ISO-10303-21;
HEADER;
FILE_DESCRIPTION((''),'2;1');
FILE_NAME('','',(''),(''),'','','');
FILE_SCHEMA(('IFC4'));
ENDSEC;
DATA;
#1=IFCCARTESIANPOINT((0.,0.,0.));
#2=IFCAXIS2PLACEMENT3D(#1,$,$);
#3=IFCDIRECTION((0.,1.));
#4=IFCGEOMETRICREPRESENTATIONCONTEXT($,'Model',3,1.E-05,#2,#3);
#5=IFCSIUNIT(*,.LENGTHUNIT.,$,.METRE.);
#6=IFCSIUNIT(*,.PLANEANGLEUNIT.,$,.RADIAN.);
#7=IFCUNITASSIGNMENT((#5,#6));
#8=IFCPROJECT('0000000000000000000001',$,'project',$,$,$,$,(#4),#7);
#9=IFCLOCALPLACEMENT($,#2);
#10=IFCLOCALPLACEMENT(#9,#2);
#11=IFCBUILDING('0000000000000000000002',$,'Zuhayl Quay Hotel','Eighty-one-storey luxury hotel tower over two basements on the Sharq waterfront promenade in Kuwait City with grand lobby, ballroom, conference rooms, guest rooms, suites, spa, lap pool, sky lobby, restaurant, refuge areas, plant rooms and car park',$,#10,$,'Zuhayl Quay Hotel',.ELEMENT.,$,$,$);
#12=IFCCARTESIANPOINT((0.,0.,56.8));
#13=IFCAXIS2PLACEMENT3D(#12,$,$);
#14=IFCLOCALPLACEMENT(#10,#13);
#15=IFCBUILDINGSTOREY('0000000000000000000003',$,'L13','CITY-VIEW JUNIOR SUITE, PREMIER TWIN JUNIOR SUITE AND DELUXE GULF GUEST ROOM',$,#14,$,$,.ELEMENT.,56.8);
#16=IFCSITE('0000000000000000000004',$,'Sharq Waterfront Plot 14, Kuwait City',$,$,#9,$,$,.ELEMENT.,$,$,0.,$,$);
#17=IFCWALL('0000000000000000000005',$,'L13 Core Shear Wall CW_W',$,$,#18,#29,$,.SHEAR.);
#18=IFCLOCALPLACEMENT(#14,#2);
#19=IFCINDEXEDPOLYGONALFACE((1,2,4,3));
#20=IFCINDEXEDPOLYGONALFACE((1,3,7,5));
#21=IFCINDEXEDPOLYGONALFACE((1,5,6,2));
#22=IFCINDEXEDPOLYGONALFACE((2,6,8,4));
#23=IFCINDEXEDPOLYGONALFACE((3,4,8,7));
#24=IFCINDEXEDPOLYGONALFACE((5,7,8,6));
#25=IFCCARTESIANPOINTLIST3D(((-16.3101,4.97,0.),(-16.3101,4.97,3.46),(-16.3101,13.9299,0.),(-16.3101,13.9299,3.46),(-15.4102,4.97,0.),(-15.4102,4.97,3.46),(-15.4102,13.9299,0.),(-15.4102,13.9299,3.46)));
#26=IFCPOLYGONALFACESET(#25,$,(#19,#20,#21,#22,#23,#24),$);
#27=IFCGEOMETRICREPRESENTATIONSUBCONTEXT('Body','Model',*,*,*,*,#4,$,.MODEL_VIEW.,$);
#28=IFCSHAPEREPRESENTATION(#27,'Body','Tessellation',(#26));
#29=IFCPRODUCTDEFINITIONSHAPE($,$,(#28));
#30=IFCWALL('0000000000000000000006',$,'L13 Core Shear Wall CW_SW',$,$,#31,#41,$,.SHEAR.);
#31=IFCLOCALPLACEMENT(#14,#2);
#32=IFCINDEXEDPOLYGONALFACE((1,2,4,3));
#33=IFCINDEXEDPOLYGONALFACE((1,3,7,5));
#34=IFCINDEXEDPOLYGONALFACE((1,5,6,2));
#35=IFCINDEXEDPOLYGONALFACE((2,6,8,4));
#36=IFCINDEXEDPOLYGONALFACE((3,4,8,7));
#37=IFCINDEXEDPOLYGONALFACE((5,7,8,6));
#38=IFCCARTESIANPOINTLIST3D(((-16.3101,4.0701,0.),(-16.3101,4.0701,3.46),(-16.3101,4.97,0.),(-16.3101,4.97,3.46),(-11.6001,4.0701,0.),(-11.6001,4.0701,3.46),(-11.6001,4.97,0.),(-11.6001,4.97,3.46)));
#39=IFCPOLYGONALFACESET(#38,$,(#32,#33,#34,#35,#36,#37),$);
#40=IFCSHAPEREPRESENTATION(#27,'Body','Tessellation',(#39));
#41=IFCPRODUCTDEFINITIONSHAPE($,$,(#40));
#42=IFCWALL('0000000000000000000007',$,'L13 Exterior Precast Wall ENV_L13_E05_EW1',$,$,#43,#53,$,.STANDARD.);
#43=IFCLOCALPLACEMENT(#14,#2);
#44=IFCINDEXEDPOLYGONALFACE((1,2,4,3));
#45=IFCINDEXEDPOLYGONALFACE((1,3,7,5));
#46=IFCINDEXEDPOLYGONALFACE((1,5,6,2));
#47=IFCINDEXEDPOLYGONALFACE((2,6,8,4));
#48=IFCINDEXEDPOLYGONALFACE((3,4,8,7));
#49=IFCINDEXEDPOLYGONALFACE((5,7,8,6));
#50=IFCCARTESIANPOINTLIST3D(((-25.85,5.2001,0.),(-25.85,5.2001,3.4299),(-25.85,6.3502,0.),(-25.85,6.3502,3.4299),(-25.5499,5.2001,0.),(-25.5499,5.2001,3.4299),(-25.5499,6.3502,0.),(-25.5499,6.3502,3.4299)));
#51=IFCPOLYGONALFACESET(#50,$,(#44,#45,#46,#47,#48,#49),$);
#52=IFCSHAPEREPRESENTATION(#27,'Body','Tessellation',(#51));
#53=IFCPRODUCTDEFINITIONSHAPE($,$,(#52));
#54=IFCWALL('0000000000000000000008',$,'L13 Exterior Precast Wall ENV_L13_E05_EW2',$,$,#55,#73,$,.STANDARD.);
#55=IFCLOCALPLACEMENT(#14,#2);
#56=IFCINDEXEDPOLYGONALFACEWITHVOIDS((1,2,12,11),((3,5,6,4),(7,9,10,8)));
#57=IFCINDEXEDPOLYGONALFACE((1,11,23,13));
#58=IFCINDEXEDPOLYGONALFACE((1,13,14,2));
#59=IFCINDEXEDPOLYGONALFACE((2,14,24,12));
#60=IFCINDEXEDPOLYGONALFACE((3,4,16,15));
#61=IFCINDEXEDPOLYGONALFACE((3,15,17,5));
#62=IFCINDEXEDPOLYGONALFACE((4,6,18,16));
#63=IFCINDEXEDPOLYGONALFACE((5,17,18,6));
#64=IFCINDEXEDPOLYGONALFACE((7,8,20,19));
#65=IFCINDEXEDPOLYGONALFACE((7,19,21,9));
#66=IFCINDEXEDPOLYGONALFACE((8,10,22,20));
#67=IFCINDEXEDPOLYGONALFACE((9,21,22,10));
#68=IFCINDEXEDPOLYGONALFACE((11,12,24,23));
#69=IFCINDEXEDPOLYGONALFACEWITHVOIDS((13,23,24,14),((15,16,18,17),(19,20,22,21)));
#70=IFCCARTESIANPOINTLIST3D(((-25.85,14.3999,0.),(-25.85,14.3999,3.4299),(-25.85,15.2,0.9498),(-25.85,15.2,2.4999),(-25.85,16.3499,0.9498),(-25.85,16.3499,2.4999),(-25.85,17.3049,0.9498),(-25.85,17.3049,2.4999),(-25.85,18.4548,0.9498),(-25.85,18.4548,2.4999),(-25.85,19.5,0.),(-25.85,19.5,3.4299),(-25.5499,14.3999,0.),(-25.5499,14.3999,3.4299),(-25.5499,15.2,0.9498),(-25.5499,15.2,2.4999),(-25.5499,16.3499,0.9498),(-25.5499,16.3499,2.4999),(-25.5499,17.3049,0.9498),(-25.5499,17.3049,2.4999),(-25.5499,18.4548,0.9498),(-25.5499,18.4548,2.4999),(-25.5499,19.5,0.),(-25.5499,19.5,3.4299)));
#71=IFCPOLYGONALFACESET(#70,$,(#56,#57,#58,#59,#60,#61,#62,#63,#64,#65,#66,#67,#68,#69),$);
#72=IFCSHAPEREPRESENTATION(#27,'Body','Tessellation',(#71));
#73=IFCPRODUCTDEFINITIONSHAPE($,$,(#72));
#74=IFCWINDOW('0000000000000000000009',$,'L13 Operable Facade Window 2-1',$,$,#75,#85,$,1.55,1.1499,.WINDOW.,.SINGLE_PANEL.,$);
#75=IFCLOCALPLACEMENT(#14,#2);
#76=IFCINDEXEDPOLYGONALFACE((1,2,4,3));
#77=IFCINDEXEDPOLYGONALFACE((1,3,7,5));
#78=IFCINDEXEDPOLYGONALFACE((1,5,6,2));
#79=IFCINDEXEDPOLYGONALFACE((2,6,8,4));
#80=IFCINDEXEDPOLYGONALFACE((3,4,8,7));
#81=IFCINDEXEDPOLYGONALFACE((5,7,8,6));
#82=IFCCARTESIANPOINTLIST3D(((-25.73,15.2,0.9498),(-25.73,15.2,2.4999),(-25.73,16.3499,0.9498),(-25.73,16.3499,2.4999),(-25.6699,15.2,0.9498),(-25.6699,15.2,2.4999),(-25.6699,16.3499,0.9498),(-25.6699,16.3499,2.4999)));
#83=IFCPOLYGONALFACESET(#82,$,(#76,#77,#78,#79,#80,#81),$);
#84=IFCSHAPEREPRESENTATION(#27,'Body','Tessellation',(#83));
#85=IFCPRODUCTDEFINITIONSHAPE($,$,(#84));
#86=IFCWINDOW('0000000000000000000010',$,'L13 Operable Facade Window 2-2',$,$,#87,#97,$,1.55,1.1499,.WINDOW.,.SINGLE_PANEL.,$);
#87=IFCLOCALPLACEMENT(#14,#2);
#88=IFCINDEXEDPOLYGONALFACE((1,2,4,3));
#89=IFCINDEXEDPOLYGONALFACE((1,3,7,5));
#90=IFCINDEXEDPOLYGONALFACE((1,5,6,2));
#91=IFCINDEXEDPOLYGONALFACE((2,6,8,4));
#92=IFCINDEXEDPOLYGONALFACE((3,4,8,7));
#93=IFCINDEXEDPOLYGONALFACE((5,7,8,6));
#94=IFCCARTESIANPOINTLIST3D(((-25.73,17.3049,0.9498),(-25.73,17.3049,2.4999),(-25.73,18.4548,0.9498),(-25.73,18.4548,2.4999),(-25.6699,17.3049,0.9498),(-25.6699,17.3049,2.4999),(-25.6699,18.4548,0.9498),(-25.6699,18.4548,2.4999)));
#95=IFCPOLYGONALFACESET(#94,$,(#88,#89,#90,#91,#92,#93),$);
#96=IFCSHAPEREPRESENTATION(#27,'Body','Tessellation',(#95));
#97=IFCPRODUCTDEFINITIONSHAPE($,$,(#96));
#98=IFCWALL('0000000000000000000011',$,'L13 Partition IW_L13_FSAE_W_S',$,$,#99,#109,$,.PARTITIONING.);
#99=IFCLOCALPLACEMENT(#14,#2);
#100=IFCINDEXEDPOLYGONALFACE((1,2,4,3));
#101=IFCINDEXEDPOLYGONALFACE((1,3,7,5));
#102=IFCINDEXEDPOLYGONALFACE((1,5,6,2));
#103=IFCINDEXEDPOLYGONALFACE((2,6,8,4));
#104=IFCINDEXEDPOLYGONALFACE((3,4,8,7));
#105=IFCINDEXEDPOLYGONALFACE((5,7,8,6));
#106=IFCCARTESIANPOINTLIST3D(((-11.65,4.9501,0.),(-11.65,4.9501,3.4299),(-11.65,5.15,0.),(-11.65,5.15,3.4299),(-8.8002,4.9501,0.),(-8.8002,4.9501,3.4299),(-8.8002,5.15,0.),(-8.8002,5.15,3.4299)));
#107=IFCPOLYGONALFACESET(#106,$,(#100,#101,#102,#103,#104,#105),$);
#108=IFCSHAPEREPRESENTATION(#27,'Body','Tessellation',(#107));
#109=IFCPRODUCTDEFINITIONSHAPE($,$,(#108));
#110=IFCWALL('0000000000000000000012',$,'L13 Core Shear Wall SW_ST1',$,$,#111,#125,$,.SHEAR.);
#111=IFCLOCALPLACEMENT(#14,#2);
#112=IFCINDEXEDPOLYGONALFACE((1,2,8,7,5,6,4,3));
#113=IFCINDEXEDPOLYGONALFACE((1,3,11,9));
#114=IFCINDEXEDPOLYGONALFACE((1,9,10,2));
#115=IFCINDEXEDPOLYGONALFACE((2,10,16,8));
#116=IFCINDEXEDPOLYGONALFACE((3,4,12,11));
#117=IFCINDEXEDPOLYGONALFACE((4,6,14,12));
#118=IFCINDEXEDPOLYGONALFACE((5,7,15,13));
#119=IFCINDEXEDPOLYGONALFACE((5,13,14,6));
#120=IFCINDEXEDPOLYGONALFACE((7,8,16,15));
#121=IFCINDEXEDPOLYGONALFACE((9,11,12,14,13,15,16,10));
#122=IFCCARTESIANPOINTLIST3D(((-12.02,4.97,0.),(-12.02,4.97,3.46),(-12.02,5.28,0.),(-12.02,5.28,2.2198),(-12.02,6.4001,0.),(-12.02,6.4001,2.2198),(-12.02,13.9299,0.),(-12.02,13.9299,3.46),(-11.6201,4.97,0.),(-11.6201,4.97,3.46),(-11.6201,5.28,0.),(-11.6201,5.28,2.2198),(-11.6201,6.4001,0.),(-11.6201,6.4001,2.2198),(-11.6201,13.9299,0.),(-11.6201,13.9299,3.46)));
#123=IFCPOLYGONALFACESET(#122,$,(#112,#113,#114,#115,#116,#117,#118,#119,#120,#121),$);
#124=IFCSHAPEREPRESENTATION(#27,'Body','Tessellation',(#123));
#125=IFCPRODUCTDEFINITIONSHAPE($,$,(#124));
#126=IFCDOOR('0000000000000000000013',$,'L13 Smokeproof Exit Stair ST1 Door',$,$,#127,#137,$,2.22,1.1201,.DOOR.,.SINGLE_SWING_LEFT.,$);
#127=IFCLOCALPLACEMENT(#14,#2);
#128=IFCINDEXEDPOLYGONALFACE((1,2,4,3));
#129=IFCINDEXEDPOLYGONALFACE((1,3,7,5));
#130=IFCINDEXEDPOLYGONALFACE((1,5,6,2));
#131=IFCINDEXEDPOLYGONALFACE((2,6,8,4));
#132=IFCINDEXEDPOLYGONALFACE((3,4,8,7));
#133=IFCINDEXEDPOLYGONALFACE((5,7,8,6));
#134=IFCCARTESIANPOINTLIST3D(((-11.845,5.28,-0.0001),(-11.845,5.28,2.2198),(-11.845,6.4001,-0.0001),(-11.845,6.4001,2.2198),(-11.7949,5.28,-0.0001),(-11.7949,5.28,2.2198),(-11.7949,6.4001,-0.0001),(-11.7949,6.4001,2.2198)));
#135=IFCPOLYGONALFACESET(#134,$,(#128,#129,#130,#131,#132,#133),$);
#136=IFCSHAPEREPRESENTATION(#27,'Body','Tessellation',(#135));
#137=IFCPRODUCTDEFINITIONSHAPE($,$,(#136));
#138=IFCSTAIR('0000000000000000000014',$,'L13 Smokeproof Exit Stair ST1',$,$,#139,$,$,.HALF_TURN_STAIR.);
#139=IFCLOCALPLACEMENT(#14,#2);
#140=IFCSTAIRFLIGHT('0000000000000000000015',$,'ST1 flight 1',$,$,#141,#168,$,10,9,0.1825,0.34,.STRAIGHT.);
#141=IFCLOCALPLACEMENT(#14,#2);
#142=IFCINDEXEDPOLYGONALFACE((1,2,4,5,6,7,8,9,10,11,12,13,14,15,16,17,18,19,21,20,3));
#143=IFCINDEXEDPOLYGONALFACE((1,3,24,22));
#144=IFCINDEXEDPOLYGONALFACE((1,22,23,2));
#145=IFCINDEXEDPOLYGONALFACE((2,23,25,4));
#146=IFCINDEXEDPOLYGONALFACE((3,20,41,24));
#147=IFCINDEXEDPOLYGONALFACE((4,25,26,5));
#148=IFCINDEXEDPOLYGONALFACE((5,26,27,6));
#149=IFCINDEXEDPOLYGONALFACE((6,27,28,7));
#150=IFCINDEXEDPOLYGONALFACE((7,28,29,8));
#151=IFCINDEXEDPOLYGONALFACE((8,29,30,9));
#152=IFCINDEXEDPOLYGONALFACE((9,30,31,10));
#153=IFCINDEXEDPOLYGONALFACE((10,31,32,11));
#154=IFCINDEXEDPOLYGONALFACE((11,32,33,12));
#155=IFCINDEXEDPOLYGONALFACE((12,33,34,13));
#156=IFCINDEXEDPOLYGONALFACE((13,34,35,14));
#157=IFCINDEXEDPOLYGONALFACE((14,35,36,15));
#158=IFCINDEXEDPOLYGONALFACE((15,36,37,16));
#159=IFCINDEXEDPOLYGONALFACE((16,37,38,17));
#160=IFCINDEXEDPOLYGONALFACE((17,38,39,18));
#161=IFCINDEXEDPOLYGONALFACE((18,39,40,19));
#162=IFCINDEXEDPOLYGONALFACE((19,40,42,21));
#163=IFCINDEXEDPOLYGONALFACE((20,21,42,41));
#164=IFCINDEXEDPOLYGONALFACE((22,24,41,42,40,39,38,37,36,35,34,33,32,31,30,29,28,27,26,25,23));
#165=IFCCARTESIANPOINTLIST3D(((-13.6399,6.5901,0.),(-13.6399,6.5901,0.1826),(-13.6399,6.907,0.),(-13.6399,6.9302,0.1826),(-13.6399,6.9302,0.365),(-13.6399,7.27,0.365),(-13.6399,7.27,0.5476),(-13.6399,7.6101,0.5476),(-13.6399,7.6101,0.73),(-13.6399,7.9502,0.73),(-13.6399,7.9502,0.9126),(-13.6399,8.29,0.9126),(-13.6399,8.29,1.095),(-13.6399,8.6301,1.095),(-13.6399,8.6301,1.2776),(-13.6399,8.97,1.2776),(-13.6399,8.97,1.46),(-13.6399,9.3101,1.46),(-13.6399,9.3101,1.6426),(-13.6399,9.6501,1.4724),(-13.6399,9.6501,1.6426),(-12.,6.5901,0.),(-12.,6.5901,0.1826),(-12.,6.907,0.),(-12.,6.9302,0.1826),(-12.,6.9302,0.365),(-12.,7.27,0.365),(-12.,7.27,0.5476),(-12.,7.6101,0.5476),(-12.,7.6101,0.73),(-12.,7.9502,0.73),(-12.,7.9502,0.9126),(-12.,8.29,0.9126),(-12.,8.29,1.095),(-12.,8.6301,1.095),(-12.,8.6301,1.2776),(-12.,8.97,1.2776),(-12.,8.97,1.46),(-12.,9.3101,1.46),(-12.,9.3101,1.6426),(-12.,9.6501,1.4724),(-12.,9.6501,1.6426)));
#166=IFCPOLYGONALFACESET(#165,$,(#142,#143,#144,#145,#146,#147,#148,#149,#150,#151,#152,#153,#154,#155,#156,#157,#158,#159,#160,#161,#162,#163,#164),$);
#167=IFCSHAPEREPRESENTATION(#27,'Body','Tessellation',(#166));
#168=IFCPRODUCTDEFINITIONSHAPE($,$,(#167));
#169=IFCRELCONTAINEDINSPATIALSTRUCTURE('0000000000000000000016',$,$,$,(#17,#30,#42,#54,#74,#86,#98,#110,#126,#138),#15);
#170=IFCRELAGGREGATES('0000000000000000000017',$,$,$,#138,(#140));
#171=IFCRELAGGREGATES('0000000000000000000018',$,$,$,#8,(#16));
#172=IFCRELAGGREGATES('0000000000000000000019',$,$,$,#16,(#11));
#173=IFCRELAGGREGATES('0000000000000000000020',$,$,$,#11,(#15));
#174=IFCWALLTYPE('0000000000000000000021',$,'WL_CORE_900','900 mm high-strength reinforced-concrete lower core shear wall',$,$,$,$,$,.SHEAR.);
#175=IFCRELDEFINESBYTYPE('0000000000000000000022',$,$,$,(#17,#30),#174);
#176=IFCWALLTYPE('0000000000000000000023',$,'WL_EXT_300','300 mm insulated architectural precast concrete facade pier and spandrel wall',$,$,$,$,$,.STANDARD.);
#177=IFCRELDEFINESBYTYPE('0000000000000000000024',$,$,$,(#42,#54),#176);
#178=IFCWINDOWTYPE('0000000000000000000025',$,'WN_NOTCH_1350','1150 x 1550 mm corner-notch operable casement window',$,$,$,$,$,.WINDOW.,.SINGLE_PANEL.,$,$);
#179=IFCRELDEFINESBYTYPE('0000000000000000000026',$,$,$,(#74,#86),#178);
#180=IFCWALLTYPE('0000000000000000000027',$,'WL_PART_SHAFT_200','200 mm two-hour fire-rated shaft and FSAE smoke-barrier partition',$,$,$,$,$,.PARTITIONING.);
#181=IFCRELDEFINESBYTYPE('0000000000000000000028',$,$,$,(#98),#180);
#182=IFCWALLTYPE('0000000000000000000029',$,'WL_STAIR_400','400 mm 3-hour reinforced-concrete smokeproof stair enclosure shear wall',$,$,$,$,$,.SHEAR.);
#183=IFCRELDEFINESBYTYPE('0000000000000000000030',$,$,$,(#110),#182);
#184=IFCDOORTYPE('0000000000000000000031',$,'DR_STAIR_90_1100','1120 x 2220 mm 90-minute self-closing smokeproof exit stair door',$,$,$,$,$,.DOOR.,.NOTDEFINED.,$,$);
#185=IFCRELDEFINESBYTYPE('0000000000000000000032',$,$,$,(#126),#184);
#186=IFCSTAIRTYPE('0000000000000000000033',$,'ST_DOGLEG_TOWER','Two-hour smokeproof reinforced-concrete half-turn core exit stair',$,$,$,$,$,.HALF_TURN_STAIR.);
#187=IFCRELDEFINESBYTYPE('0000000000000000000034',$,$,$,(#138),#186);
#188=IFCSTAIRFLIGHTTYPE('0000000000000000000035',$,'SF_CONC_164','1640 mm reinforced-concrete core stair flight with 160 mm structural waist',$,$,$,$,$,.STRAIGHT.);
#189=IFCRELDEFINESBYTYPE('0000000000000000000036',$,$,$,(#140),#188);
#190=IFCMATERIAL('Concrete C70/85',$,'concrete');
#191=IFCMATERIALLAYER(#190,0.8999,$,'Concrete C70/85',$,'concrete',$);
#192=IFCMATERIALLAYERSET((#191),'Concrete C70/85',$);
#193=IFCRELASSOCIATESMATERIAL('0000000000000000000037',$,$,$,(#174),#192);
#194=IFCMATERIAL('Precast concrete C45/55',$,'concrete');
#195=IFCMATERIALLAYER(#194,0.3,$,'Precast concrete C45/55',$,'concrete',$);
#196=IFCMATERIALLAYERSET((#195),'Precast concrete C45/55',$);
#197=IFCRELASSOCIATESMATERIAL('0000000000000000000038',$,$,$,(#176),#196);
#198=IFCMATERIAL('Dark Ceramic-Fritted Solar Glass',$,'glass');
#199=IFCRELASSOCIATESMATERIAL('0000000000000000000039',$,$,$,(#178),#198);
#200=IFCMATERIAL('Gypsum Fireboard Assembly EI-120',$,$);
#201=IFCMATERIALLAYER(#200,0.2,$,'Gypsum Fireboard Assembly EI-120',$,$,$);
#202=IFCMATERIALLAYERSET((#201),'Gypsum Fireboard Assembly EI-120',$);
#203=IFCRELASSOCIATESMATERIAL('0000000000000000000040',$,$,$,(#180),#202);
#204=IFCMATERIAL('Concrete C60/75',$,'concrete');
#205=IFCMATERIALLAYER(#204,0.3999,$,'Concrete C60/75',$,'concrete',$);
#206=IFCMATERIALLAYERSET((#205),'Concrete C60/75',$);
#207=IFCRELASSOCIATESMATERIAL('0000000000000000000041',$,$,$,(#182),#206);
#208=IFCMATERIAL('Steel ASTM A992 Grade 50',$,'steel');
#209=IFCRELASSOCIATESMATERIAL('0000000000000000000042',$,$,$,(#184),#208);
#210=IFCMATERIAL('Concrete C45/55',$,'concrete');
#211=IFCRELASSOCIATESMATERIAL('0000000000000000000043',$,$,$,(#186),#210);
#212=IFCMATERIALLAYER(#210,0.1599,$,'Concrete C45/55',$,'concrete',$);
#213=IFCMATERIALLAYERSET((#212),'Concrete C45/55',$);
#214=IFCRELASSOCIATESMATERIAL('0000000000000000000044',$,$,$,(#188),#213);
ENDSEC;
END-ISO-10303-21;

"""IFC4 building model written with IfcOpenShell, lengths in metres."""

from ifc_helpers import new_model, si_unit, direction, frame, frame_2d, origin, place, context, subcontext, project, spatial, polyline, rectangle, outline, extrude, material, layer, layer_set, type_object, element, fill, aggregate, save


model = new_model("IFC4")

# Units and contexts
model_context = context("Model", 3, precision=1e-05, world=origin(), true_north=direction((0.0, 1.0)))
body_context = subcontext(model_context, "Body", "Model", "MODEL_VIEW")
ifc_project = project(units=[si_unit("LENGTHUNIT", "METRE"), si_unit("PLANEANGLEUNIT", "RADIAN")], contexts=[model_context])

# Site, building, storey
site_placement = place(None, origin())
site = spatial("IfcSite", under=ifc_project, at=site_placement, Name="Sharq Waterfront Plot 14, Kuwait City", CompositionType="ELEMENT", RefElevation=0.0)
building_placement = place(site_placement, origin())
building = spatial("IfcBuilding", under=site, at=building_placement, Name="Zuhayl Quay Hotel", Description="Eighty-one-storey luxury hotel tower over two basements on the Sharq waterfront promenade in Kuwait City with grand lobby, ballroom, conference rooms, guest rooms, suites, spa, lap pool, sky lobby, restaurant, refuge areas, plant rooms and car park", LongName="Zuhayl Quay Hotel", CompositionType="ELEMENT")
storey_placement = place(building_placement, frame((0.0, 0.0, 56.8)))
storey = spatial("IfcBuildingStorey", under=building, at=storey_placement, Name="L13", Description="CITY-VIEW JUNIOR SUITE, PREMIER TWIN JUNIOR SUITE AND DELUXE GULF GUEST ROOM", CompositionType="ELEMENT", Elevation=56.8)

# Shared definitions
ifc_material_1 = material(Name="Concrete C70/85", Category="concrete")

# Shared definitions
ifc_material_2 = material(Name="Steel ASTM A992 Grade 50", Category="steel")

# Shared definitions
ifc_material_3 = material(Name="Dark Ceramic-Fritted Solar Glass", Category="glass")

# Walls
ifc_layer_1 = layer(ifc_material_1, 0.8999, Name="Concrete C70/85", Category="concrete")
ifc_layer_set_1 = layer_set([ifc_layer_1], Name="Concrete C70/85")
wall_type_1 = type_object("IfcWallType", Name="WL_CORE_900", Description="900 mm high-strength reinforced-concrete lower core shear wall", PredefinedType="SHEAR", material=ifc_layer_set_1)
wall_1_placement = place(storey_placement, frame((-15.8601, 4.97, 0.0), z_axis=(0.0, 0.0, 1.0), x_axis=(0.0, 1.0, 0.0)))
element("IfcWall", 1, at=wall_1_placement, inside=storey, type_object=wall_type_1, Name="L13 Core Shear Wall CW_W", PredefinedType="SHEAR", context=body_context, shape_type="SweptSolid", body=[
    extrude(rectangle(XDim=8.96, YDim=0.8999, at=frame_2d((4.48, 0.0))), origin(), (0.0, 0.0, 1.0), 3.46),
])
wall_2_placement = place(storey_placement, frame((-16.3101, 4.52, 0.0), z_axis=(0.0, 0.0, 1.0), x_axis=(1.0, 0.0, 0.0)))
element("IfcWall", 2, at=wall_2_placement, inside=storey, type_object=wall_type_1, Name="L13 Core Shear Wall CW_SW", PredefinedType="SHEAR", context=body_context, shape_type="SweptSolid", body=[
    extrude(rectangle(XDim=4.71, YDim=0.8999, at=frame_2d((2.355, 0.0))), origin(), (0.0, 0.0, 1.0), 3.46),
])
ifc_material_4 = material(Name="Precast concrete C45/55", Category="concrete")
ifc_layer_2 = layer(ifc_material_4, 0.3, Name="Precast concrete C45/55", Category="concrete")
ifc_layer_set_2 = layer_set([ifc_layer_2], Name="Precast concrete C45/55")
wall_type_2 = type_object("IfcWallType", Name="WL_EXT_300", Description="300 mm insulated architectural precast concrete facade pier and spandrel wall", PredefinedType="STANDARD", material=ifc_layer_set_2)
wall_3_placement = place(storey_placement, frame((-25.7, 5.2, 0.0), z_axis=(0.0, 0.0, 1.0), x_axis=(0.0, 1.0, 0.0)))
element("IfcWall", 3, at=wall_3_placement, inside=storey, type_object=wall_type_2, Name="L13 Exterior Precast Wall ENV_L13_E05_EW1", PredefinedType="STANDARD", context=body_context, shape_type="SweptSolid", body=[
    extrude(rectangle(XDim=1.1501, YDim=0.3, at=frame_2d((0.5752, 0.0))), origin(), (0.0, 0.0, 1.0), 3.4299),
])

# Wall, openings, windows
wall_4_placement = place(storey_placement, frame((-25.7, 14.3999, 0.0), z_axis=(0.0, 0.0, 1.0), x_axis=(0.0, 1.0, 0.0)))
wall_4 = element("IfcWall", 4, at=wall_4_placement, inside=storey, type_object=wall_type_2, Name="L13 Exterior Precast Wall ENV_L13_E05_EW2", PredefinedType="STANDARD", context=body_context, shape_type="SweptSolid", body=[
    extrude(rectangle(XDim=5.1001, YDim=0.3, at=frame_2d((2.55, 0.0))), origin(), (0.0, 0.0, 1.0), 3.4299),
])
opening_1_placement = place(wall_4_placement, frame((0.8, 0.0, 0.95)))
opening_1 = element("IfcOpeningElement", 5, at=opening_1_placement, cuts=wall_4, PredefinedType="OPENING", context=body_context, shape_type="SweptSolid", body=[
    extrude(rectangle(XDim=1.1499, YDim=1.55, at=frame_2d((0.575, 0.7749))), frame((0.0, 0.1599, 0.0), z_axis=(0.0, -1.0, 0.0), x_axis=(1.0, 0.0, 0.0)), (0.0, 0.0, 1.0), 0.3201),
])
opening_2_placement = place(wall_4_placement, frame((2.905, 0.0, 0.95)))
opening_2 = element("IfcOpeningElement", 6, at=opening_2_placement, cuts=wall_4, PredefinedType="OPENING", context=body_context, shape_type="SweptSolid", body=[
    extrude(rectangle(XDim=1.1499, YDim=1.55, at=frame_2d((0.575, 0.7749))), frame((0.0, 0.1599, 0.0), z_axis=(0.0, -1.0, 0.0), x_axis=(1.0, 0.0, 0.0)), (0.0, 0.0, 1.0), 0.3201),
])
window_type = type_object("IfcWindowType", Name="WN_NOTCH_1350", Description="1150 x 1550 mm corner-notch operable casement window", PartitioningType="SINGLE_PANEL", PredefinedType="WINDOW", material=ifc_material_3)
window_1_placement = place(opening_1_placement, origin())
window_1 = element("IfcWindow", 7, at=window_1_placement, inside=storey, type_object=window_type, Name="L13 Operable Facade Window 2-1", OverallHeight=1.55, OverallWidth=1.1499, PartitioningType="SINGLE_PANEL", PredefinedType="WINDOW", context=body_context, shape_type="SweptSolid", body=[
    extrude(rectangle(XDim=1.1499, YDim=1.55, at=frame_2d((0.575, 0.7749))), frame((0.0, 0.03, 0.0), z_axis=(0.0, -1.0, 0.0), x_axis=(1.0, 0.0, 0.0)), (0.0, 0.0, 1.0), 0.0601),
])
fill(opening_1, window_1)
window_2_placement = place(opening_2_placement, origin())
window_2 = element("IfcWindow", 8, at=window_2_placement, inside=storey, type_object=window_type, Name="L13 Operable Facade Window 2-2", OverallHeight=1.55, OverallWidth=1.1499, PartitioningType="SINGLE_PANEL", PredefinedType="WINDOW", context=body_context, shape_type="SweptSolid", body=[
    extrude(rectangle(XDim=1.1499, YDim=1.55, at=frame_2d((0.575, 0.7749))), frame((0.0, 0.03, 0.0), z_axis=(0.0, -1.0, 0.0), x_axis=(1.0, 0.0, 0.0)), (0.0, 0.0, 1.0), 0.0601),
])
fill(opening_2, window_2)

# Wall
ifc_material_5 = material(Name="Gypsum Fireboard Assembly EI-120")
ifc_layer_3 = layer(ifc_material_5, 0.2, Name="Gypsum Fireboard Assembly EI-120")
ifc_layer_set_3 = layer_set([ifc_layer_3], Name="Gypsum Fireboard Assembly EI-120")
wall_type_3 = type_object("IfcWallType", Name="WL_PART_SHAFT_200", Description="200 mm two-hour fire-rated shaft and FSAE smoke-barrier partition", PredefinedType="PARTITIONING", material=ifc_layer_set_3)
wall_5_placement = place(storey_placement, frame((-11.6499, 5.05, 0.0), z_axis=(0.0, 0.0, 1.0), x_axis=(1.0, 0.0, 0.0)))
element("IfcWall", 9, at=wall_5_placement, inside=storey, type_object=wall_type_3, Name="L13 Partition IW_L13_FSAE_W_S", PredefinedType="PARTITIONING", context=body_context, shape_type="SweptSolid", body=[
    extrude(rectangle(XDim=2.8499, YDim=0.2, at=frame_2d((1.4248, 0.0))), origin(), (0.0, 0.0, 1.0), 3.4299),
])

# Wall, opening, door
ifc_material_6 = material(Name="Concrete C60/75", Category="concrete")
ifc_layer_4 = layer(ifc_material_6, 0.3999, Name="Concrete C60/75", Category="concrete")
ifc_layer_set_4 = layer_set([ifc_layer_4], Name="Concrete C60/75")
wall_type_4 = type_object("IfcWallType", Name="WL_STAIR_400", Description="400 mm 3-hour reinforced-concrete smokeproof stair enclosure shear wall", PredefinedType="SHEAR", material=ifc_layer_set_4)
wall_6_placement = place(storey_placement, frame((-11.8201, 4.97, 0.0), z_axis=(0.0, 0.0, 1.0), x_axis=(0.0, 1.0, 0.0)))
wall_6 = element("IfcWall", 10, at=wall_6_placement, inside=storey, type_object=wall_type_4, Name="L13 Core Shear Wall SW_ST1", PredefinedType="SHEAR", context=body_context, shape_type="SweptSolid", body=[
    extrude(rectangle(XDim=8.96, YDim=0.3999, at=frame_2d((4.48, 0.0))), origin(), (0.0, 0.0, 1.0), 3.46),
])
opening_3_placement = place(wall_6_placement, frame((0.3101, 0.0, 0.0)))
opening_3 = element("IfcOpeningElement", 11, at=opening_3_placement, cuts=wall_6, PredefinedType="OPENING", context=body_context, shape_type="SweptSolid", body=[
    extrude(rectangle(XDim=1.1201, YDim=2.22, at=frame_2d((0.5601, 1.1099))), frame((0.0, 0.21, 0.0), z_axis=(0.0, -1.0, 0.0), x_axis=(1.0, 0.0, 0.0)), (0.0, 0.0, 1.0), 0.4199),
])
door_type = type_object("IfcDoorType", Name="DR_STAIR_90_1100", Description="1120 x 2220 mm 90-minute self-closing smokeproof exit stair door", OperationType="NOTDEFINED", PredefinedType="DOOR", material=ifc_material_2)
door_placement = place(opening_3_placement, origin())
door = element("IfcDoor", 12, at=door_placement, inside=storey, type_object=door_type, Name="L13 Smokeproof Exit Stair ST1 Door", OperationType="SINGLE_SWING_LEFT", OverallHeight=2.22, OverallWidth=1.1201, PredefinedType="DOOR", context=body_context, shape_type="SweptSolid", body=[
    extrude(rectangle(XDim=1.1201, YDim=2.22, at=frame_2d((0.5601, 1.1099))), frame((0.0, 0.0249, 0.0), z_axis=(0.0, -1.0, 0.0), x_axis=(1.0, 0.0, 0.0)), (0.0, 0.0, 1.0), 0.05),
])
fill(opening_3, door)

# Stair, stair flight
ifc_material_7 = material(Name="Concrete C45/55", Category="concrete")
stair_type = type_object("IfcStairType", Name="ST_DOGLEG_TOWER", Description="Two-hour smokeproof reinforced-concrete half-turn core exit stair", PredefinedType="HALF_TURN_STAIR", material=ifc_material_7)
stair_placement = place(storey_placement, origin())
stair = element("IfcStair", 13, at=stair_placement, inside=storey, type_object=stair_type, Name="L13 Smokeproof Exit Stair ST1", PredefinedType="HALF_TURN_STAIR")
ifc_layer_5 = layer(ifc_material_7, 0.1599, Name="Concrete C45/55", Category="concrete")
ifc_layer_set_5 = layer_set([ifc_layer_5], Name="Concrete C45/55")
stair_flight_type = type_object("IfcStairFlightType", Name="SF_CONC_164", Description="1640 mm reinforced-concrete core stair flight with 160 mm structural waist", PredefinedType="STRAIGHT", material=ifc_layer_set_5)
stair_flight_1_placement = place(storey_placement, frame((-12.8201, 6.5901, 0.0), z_axis=(0.0, 0.0, 1.0), x_axis=(0.0, 1.0, 0.0)))
stair_flight_1 = element("IfcStairFlight", 14, at=stair_flight_1_placement, type_object=stair_flight_type, Name="ST1 flight 1", NumberOfRisers=10, NumberOfTreads=9, PredefinedType="STRAIGHT", RiserHeight=0.1825, TreadLength=0.34, context=body_context, shape_type="SweptSolid", body=[
    extrude(outline(polyline([(0.0, 0.0), (0.0, 0.1826), (0.3401, 0.1826), (0.3401, 0.365), (0.6799, 0.365), (0.6799, 0.5476), (1.02, 0.5476), (1.02, 0.73), (1.3601, 0.73), (1.3601, 0.9126), (1.7, 0.9126), (1.7, 1.095), (2.04, 1.095), (2.04, 1.2776), (2.3799, 1.2776), (2.3799, 1.46), (2.72, 1.46), (2.72, 1.6426), (3.0601, 1.6426), (3.0601, 1.825), (3.0601, 1.4724), (0.3169, 0.0), (0.0, 0.0)])), frame((0.0, 0.8198, 0.0), z_axis=(0.0, -1.0, 0.0), x_axis=(1.0, 0.0, 0.0)), (0.0, 0.0, 1.0), 1.6399),
])
aggregate(stair, [stair_flight_1])

save(model, "model.ifc")
